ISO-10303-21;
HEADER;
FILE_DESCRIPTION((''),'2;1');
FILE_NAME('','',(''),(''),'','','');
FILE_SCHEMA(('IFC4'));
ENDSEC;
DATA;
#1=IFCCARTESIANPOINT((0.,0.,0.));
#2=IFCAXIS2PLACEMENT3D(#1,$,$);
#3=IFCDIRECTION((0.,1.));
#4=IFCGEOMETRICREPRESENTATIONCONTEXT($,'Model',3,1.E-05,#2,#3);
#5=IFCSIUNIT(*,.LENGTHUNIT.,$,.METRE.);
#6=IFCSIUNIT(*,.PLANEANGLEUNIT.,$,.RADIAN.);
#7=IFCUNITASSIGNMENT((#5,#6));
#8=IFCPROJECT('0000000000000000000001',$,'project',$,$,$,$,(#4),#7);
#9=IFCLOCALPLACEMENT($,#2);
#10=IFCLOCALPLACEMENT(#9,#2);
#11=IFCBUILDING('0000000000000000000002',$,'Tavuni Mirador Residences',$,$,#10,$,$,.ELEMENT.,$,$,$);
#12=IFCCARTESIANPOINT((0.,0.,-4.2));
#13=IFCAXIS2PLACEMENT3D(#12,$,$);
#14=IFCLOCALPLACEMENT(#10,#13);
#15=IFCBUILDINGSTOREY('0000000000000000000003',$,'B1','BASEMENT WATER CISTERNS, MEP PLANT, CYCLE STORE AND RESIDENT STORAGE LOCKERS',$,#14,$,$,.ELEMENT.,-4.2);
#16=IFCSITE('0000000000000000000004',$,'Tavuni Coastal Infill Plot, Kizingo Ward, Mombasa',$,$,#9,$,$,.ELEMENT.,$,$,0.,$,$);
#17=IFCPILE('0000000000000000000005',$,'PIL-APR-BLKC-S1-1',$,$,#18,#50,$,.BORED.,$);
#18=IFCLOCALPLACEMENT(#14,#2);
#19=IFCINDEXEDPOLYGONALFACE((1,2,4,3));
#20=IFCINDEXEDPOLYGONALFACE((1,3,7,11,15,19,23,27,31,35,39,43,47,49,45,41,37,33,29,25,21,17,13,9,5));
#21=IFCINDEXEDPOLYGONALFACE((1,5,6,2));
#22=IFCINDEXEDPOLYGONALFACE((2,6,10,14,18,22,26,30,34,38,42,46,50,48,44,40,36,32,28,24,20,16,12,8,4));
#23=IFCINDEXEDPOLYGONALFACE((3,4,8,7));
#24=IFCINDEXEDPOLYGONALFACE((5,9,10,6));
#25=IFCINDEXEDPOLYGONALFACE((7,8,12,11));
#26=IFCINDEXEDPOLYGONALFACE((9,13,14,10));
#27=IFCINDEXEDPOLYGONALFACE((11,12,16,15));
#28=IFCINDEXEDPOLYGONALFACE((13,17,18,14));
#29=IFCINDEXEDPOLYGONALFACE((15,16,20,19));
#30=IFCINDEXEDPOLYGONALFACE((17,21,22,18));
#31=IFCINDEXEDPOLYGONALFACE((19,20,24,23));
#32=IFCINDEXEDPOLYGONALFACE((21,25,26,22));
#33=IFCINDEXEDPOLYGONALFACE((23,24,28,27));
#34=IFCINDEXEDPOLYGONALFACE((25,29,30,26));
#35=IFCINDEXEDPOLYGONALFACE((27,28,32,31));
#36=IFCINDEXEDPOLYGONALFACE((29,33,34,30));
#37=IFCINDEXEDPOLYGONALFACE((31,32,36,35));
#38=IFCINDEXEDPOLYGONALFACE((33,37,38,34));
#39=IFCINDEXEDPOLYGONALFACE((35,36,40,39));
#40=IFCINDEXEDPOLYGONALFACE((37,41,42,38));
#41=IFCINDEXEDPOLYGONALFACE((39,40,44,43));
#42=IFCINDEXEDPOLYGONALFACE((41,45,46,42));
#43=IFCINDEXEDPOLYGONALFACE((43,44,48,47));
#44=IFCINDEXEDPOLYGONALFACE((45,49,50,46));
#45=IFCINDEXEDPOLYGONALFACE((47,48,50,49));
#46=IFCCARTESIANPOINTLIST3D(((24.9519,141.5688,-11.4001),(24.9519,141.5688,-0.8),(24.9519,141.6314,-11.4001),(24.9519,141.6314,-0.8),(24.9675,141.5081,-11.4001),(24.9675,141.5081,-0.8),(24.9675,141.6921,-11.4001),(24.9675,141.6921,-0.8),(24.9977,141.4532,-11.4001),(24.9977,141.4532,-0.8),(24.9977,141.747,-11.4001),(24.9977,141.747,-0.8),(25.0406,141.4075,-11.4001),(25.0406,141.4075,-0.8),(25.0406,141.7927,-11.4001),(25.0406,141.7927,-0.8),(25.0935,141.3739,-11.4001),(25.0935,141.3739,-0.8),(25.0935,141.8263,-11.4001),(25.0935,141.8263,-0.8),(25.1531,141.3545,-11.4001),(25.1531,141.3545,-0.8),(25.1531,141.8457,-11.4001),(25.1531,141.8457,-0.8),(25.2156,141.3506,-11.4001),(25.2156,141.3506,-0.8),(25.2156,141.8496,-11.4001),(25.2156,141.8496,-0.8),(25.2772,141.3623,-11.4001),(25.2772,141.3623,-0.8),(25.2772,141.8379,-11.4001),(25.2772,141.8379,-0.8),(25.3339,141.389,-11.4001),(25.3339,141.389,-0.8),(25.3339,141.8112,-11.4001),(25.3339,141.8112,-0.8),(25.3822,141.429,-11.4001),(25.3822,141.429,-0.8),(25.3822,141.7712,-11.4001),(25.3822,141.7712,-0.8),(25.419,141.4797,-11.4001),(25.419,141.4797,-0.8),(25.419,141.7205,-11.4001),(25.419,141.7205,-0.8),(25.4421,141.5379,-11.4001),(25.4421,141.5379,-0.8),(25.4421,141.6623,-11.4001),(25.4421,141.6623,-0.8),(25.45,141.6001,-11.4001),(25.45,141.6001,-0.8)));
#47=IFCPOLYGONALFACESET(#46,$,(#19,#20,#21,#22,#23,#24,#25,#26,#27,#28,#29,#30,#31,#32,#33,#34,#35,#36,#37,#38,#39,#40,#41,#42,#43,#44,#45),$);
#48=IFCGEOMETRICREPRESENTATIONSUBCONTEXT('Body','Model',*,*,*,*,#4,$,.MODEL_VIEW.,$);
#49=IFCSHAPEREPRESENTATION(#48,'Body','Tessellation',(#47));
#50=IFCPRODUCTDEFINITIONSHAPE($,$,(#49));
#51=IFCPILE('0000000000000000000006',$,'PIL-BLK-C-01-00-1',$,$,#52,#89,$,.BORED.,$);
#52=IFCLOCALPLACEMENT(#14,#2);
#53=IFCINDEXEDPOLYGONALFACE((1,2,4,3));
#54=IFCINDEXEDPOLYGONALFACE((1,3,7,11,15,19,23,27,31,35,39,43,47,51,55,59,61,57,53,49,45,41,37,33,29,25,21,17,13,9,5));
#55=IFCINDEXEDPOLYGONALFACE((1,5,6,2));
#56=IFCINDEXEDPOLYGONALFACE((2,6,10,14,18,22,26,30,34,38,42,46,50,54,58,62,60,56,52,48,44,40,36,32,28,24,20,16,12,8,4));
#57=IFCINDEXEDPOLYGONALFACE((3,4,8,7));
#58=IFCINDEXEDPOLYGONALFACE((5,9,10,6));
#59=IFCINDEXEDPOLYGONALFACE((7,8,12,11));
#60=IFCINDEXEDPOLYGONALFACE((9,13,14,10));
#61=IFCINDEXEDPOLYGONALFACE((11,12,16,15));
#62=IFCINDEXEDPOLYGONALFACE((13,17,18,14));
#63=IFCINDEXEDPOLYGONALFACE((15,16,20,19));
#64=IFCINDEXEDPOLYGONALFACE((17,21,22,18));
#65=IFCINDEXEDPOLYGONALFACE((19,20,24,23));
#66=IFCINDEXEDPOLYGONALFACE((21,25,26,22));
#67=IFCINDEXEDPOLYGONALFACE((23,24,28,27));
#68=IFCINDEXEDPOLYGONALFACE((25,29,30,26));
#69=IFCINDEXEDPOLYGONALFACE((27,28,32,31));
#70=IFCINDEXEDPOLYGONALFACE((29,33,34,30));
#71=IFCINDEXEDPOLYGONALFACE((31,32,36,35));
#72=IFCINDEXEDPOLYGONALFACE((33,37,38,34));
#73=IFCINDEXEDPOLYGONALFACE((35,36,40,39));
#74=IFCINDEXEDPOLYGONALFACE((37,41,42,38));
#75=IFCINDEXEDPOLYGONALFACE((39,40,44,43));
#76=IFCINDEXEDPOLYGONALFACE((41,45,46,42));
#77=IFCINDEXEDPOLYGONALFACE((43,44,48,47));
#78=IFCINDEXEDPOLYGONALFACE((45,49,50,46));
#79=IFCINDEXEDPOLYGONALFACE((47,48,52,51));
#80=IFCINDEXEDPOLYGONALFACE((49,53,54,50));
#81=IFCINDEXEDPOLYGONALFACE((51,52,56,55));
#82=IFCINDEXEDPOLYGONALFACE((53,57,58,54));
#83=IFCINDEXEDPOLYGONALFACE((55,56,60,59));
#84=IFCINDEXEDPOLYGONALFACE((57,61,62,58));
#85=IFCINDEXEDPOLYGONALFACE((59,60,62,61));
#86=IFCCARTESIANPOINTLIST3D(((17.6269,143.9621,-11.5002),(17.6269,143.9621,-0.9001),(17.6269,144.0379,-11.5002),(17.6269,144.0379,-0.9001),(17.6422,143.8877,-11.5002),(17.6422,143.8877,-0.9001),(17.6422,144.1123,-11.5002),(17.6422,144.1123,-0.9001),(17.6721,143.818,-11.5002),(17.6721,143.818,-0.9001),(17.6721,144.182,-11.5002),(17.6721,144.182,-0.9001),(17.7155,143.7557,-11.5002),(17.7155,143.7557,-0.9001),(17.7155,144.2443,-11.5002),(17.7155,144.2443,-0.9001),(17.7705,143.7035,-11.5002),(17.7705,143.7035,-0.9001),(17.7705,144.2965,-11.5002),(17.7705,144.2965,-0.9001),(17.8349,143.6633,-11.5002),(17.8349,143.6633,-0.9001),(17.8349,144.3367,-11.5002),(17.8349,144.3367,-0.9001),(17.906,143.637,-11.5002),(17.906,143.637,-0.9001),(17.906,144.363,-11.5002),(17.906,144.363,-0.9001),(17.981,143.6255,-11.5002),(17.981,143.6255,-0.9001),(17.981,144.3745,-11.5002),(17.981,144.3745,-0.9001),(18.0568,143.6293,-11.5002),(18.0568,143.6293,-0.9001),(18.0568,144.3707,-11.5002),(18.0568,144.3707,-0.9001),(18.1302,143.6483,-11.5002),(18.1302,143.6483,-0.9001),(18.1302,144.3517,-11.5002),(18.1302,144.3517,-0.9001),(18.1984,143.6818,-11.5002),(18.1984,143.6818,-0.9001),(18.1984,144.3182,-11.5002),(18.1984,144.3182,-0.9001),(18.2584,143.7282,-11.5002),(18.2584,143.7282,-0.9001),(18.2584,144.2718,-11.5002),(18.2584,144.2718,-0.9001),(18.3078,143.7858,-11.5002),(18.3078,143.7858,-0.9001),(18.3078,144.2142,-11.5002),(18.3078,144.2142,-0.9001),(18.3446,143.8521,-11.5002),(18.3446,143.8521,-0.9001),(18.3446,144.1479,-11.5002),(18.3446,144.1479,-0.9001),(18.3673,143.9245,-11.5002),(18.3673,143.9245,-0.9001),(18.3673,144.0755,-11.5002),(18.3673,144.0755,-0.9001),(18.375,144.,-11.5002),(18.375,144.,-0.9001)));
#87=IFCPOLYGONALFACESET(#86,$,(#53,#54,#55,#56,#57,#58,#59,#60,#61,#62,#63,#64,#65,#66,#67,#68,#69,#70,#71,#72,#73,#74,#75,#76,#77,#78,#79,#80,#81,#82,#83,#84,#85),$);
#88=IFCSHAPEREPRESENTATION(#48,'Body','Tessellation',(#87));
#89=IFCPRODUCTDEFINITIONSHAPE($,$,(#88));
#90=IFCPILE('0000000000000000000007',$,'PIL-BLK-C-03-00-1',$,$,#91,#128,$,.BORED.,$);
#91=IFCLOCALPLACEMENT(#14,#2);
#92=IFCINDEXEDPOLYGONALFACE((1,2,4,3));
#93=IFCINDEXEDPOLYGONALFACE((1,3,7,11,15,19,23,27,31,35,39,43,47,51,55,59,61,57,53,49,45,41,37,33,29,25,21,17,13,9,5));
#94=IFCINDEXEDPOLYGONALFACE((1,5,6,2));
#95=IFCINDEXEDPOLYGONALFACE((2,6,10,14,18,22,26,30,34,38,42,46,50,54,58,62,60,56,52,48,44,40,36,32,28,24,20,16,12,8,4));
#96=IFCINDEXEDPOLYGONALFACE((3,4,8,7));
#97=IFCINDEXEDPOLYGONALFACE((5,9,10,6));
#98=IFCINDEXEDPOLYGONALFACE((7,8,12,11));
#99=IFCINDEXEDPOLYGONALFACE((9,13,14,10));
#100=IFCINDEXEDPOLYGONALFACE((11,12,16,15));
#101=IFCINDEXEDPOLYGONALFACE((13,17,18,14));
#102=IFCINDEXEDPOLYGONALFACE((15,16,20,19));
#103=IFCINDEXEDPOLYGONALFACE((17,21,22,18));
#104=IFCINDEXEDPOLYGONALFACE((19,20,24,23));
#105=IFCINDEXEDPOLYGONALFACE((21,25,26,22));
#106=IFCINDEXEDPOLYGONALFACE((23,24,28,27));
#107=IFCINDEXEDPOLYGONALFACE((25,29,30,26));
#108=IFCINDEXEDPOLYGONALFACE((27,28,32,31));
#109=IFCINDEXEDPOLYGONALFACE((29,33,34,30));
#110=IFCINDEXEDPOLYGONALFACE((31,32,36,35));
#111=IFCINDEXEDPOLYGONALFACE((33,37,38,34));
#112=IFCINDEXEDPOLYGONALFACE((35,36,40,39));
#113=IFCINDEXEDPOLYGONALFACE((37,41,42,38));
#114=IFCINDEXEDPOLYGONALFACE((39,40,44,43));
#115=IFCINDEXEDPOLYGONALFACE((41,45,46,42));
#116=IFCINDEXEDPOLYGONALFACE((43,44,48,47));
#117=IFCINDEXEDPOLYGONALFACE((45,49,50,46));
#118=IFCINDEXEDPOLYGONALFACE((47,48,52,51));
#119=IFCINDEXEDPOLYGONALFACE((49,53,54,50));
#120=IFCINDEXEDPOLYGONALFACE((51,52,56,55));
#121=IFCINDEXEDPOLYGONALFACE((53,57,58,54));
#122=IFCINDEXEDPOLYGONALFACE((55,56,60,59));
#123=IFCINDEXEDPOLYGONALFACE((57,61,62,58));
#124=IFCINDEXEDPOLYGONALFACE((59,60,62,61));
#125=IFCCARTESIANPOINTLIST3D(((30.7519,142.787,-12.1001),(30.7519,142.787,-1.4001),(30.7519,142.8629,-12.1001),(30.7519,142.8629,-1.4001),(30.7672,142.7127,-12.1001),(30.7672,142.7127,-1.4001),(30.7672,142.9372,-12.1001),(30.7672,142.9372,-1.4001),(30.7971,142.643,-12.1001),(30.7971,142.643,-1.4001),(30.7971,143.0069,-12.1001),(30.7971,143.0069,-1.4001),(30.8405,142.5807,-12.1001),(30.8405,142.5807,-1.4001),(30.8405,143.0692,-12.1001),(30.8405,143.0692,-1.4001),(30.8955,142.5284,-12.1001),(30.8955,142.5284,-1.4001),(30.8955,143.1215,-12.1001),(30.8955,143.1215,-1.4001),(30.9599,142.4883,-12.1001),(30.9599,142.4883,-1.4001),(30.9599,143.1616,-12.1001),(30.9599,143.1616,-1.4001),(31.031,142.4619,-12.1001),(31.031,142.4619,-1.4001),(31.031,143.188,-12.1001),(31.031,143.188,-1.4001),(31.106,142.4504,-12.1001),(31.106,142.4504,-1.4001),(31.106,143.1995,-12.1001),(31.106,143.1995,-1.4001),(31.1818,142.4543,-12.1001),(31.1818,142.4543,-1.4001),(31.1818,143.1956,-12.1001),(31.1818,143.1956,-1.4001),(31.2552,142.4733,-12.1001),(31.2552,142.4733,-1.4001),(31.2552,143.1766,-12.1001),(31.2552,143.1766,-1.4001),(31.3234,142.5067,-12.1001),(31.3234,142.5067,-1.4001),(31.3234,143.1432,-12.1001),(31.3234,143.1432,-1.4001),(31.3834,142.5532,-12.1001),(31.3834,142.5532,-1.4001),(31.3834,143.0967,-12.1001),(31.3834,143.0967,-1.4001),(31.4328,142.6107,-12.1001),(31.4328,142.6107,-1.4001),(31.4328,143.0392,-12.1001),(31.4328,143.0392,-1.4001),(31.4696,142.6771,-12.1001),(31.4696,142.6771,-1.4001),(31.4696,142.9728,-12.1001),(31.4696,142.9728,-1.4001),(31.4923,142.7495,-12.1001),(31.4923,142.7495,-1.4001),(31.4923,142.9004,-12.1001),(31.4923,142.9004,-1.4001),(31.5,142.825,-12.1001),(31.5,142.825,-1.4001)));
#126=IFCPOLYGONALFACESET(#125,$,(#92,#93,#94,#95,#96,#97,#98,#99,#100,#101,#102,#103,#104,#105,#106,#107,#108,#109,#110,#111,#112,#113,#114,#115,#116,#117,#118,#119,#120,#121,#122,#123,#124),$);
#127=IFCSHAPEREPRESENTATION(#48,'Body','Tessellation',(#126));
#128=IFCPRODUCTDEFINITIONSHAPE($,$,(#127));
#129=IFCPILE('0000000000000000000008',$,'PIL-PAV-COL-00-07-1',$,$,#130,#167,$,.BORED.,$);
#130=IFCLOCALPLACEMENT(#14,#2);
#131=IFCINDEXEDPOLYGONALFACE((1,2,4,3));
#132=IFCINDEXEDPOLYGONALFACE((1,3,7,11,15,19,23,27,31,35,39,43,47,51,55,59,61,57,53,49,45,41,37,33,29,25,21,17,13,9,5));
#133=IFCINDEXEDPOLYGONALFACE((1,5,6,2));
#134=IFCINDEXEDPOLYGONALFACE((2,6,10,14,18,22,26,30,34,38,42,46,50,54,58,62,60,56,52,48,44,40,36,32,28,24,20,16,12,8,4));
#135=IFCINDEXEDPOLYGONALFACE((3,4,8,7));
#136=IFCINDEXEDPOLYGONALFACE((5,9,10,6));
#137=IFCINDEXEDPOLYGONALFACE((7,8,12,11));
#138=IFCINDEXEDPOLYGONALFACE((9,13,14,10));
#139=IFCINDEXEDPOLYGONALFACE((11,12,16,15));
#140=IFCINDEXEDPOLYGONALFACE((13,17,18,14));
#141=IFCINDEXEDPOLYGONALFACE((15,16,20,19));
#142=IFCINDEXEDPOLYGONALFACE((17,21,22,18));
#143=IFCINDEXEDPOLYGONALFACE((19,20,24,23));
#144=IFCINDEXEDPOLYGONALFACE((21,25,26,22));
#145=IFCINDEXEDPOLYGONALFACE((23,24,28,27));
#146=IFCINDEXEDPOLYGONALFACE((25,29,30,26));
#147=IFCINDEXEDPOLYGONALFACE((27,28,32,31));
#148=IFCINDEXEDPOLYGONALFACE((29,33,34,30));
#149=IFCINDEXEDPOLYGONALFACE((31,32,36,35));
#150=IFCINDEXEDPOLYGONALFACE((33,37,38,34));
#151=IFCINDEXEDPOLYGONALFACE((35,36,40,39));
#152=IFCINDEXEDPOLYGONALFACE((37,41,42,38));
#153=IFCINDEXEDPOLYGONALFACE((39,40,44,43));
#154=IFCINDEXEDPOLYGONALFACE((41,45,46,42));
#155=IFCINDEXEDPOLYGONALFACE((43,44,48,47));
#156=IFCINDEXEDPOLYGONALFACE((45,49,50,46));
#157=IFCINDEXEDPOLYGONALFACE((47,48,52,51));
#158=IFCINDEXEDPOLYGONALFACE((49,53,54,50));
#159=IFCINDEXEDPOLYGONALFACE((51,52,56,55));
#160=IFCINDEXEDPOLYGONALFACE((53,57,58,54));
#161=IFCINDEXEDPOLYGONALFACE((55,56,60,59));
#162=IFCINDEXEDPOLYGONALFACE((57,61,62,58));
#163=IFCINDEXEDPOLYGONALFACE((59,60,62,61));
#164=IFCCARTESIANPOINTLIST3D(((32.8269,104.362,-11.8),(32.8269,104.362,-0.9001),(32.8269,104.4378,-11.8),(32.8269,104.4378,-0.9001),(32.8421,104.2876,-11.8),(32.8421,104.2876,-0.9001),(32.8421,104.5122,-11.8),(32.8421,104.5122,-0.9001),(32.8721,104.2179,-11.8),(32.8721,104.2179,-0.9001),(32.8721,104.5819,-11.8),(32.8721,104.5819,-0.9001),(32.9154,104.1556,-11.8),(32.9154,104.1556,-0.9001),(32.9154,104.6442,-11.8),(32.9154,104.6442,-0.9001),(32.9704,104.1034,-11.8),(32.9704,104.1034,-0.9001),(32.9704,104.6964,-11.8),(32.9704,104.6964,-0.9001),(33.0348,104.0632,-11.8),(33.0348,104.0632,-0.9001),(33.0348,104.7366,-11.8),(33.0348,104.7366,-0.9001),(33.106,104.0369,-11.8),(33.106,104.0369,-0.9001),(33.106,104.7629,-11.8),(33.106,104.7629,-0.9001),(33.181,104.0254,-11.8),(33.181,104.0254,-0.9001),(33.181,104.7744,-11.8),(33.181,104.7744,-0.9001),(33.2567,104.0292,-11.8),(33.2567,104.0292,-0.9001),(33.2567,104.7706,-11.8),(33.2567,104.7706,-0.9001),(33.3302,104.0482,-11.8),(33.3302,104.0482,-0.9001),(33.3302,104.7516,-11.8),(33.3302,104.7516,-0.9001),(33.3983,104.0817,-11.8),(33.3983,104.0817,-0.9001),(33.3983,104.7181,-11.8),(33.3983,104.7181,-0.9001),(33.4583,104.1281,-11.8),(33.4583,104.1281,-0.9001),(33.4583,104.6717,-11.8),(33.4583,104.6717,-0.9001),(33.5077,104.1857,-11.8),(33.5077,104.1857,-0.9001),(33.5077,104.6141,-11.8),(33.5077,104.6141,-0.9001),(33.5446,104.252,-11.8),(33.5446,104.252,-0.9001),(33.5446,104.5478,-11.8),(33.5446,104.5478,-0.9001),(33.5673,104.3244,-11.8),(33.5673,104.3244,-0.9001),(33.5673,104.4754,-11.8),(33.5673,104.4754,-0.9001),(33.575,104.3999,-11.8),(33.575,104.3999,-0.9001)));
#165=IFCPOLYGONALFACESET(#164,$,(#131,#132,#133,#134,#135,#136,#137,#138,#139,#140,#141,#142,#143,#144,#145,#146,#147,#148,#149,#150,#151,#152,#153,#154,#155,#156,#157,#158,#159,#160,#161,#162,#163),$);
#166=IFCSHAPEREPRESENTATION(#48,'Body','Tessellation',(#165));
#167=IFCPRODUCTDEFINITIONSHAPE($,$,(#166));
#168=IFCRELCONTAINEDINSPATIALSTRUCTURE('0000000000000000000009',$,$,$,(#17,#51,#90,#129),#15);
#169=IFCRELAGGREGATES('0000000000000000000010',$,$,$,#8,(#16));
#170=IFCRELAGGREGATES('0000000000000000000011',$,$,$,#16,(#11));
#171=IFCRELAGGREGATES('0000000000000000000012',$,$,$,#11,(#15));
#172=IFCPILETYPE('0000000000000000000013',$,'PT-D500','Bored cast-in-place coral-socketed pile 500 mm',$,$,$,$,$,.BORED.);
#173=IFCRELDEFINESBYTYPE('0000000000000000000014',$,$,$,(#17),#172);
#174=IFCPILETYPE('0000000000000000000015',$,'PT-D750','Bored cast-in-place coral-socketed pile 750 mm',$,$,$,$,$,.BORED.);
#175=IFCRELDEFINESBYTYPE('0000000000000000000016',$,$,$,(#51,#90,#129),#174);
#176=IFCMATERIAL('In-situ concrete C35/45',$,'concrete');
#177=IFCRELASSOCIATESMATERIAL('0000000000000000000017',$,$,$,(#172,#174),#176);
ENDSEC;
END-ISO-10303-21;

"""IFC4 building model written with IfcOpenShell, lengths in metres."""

from ifc_helpers import new_model, si_unit, direction, frame, origin, origin_2d, place, context, subcontext, project, spatial, circle, extrude, material, material_profile, profile_set, type_object, element, save


model = new_model("IFC4")

# Units and contexts
model_context = context("Model", 3, precision=1e-05, world=origin(), true_north=direction((0.0, 1.0)))
body_context = subcontext(model_context, "Body", "Model", "MODEL_VIEW")
ifc_project = project(units=[si_unit("LENGTHUNIT", "METRE"), si_unit("PLANEANGLEUNIT", "RADIAN")], contexts=[model_context])

# Site, building, storey
site_placement = place(None, origin())
site = spatial("IfcSite", under=ifc_project, at=site_placement, Name="Tavuni Coastal Infill Plot, Kizingo Ward, Mombasa", CompositionType="ELEMENT", RefElevation=0.0)
building_placement = place(site_placement, origin())
building = spatial("IfcBuilding", under=site, at=building_placement, Name="Tavuni Mirador Residences", CompositionType="ELEMENT")
storey_placement = place(building_placement, frame((0.0, 0.0, -4.2)))
storey = spatial("IfcBuildingStorey", under=building, at=storey_placement, Name="B1", Description="BASEMENT WATER CISTERNS, MEP PLANT, CYCLE STORE AND RESIDENT STORAGE LOCKERS", CompositionType="ELEMENT", Elevation=-4.2)

# Shared definitions
ifc_material_1 = material(Name="In-situ concrete C35/45", Category="concrete")

# Piles
ifc_material_profile_1 = material_profile(ifc_material_1, circle(Radius=0.25, at=origin_2d()), Name="PILE D500", Category="concrete")
ifc_profile_set_1 = profile_set([ifc_material_profile_1], Name="In-situ concrete C35/45")
pile_type_1 = type_object("IfcPileType", Name="PT-D500", Description="Bored cast-in-place coral-socketed pile 500 mm", PredefinedType="BORED", material=ifc_profile_set_1)
for number, where, z_axis, x_axis, name in (
    (1, (25.2, 141.6001, -0.8), (0.0, 0.0, -1.0), (1.0, 0.0, 0.0), "PIL-APR-BLKC-S1-1"),
):
    element("IfcPile", number, at=place(storey_placement, frame(where, z_axis=z_axis, x_axis=x_axis)), inside=storey, type_object=pile_type_1, Name=name, PredefinedType="BORED", context=body_context, shape_type="SweptSolid", body=[
        extrude(circle(Radius=0.25, at=origin_2d()), origin(), (0.0, 0.0, 1.0), 10.6001),
    ])
ifc_material_profile_2 = material_profile(ifc_material_1, circle(Radius=0.375, at=origin_2d()), Name="PILE D750", Category="concrete")
ifc_profile_set_2 = profile_set([ifc_material_profile_2], Name="In-situ concrete C35/45")
pile_type_2 = type_object("IfcPileType", Name="PT-D750", Description="Bored cast-in-place coral-socketed pile 750 mm", PredefinedType="BORED", material=ifc_profile_set_2)
pile_1_placement = place(storey_placement, frame((18.0, 144.0, -0.9001), z_axis=(0.0, 0.0, -1.0), x_axis=(1.0, 0.0, 0.0)))
element("IfcPile", 2, at=pile_1_placement, inside=storey, type_object=pile_type_2, Name="PIL-BLK-C-01-00-1", PredefinedType="BORED", context=body_context, shape_type="SweptSolid", body=[
    extrude(circle(Radius=0.375, at=origin_2d()), origin(), (0.0, 0.0, 1.0), 10.6001),
])
pile_2_placement = place(storey_placement, frame((31.125, 142.825, -1.4001), z_axis=(0.0, 0.0, -1.0), x_axis=(1.0, 0.0, 0.0)))
element("IfcPile", 3, at=pile_2_placement, inside=storey, type_object=pile_type_2, Name="PIL-BLK-C-03-00-1", PredefinedType="BORED", context=body_context, shape_type="SweptSolid", body=[
    extrude(circle(Radius=0.375, at=origin_2d()), origin(), (0.0, 0.0, 1.0), 10.7),
])
pile_3_placement = place(storey_placement, frame((33.2, 104.3999, -0.9001), z_axis=(0.0, 0.0, -1.0), x_axis=(1.0, 0.0, 0.0)))
element("IfcPile", 4, at=pile_3_placement, inside=storey, type_object=pile_type_2, Name="PIL-PAV-COL-00-07-1", PredefinedType="BORED", context=body_context, shape_type="SweptSolid", body=[
    extrude(circle(Radius=0.375, at=origin_2d()), origin(), (0.0, 0.0, 1.0), 10.8999),
])

save(model, "model.ifc")
